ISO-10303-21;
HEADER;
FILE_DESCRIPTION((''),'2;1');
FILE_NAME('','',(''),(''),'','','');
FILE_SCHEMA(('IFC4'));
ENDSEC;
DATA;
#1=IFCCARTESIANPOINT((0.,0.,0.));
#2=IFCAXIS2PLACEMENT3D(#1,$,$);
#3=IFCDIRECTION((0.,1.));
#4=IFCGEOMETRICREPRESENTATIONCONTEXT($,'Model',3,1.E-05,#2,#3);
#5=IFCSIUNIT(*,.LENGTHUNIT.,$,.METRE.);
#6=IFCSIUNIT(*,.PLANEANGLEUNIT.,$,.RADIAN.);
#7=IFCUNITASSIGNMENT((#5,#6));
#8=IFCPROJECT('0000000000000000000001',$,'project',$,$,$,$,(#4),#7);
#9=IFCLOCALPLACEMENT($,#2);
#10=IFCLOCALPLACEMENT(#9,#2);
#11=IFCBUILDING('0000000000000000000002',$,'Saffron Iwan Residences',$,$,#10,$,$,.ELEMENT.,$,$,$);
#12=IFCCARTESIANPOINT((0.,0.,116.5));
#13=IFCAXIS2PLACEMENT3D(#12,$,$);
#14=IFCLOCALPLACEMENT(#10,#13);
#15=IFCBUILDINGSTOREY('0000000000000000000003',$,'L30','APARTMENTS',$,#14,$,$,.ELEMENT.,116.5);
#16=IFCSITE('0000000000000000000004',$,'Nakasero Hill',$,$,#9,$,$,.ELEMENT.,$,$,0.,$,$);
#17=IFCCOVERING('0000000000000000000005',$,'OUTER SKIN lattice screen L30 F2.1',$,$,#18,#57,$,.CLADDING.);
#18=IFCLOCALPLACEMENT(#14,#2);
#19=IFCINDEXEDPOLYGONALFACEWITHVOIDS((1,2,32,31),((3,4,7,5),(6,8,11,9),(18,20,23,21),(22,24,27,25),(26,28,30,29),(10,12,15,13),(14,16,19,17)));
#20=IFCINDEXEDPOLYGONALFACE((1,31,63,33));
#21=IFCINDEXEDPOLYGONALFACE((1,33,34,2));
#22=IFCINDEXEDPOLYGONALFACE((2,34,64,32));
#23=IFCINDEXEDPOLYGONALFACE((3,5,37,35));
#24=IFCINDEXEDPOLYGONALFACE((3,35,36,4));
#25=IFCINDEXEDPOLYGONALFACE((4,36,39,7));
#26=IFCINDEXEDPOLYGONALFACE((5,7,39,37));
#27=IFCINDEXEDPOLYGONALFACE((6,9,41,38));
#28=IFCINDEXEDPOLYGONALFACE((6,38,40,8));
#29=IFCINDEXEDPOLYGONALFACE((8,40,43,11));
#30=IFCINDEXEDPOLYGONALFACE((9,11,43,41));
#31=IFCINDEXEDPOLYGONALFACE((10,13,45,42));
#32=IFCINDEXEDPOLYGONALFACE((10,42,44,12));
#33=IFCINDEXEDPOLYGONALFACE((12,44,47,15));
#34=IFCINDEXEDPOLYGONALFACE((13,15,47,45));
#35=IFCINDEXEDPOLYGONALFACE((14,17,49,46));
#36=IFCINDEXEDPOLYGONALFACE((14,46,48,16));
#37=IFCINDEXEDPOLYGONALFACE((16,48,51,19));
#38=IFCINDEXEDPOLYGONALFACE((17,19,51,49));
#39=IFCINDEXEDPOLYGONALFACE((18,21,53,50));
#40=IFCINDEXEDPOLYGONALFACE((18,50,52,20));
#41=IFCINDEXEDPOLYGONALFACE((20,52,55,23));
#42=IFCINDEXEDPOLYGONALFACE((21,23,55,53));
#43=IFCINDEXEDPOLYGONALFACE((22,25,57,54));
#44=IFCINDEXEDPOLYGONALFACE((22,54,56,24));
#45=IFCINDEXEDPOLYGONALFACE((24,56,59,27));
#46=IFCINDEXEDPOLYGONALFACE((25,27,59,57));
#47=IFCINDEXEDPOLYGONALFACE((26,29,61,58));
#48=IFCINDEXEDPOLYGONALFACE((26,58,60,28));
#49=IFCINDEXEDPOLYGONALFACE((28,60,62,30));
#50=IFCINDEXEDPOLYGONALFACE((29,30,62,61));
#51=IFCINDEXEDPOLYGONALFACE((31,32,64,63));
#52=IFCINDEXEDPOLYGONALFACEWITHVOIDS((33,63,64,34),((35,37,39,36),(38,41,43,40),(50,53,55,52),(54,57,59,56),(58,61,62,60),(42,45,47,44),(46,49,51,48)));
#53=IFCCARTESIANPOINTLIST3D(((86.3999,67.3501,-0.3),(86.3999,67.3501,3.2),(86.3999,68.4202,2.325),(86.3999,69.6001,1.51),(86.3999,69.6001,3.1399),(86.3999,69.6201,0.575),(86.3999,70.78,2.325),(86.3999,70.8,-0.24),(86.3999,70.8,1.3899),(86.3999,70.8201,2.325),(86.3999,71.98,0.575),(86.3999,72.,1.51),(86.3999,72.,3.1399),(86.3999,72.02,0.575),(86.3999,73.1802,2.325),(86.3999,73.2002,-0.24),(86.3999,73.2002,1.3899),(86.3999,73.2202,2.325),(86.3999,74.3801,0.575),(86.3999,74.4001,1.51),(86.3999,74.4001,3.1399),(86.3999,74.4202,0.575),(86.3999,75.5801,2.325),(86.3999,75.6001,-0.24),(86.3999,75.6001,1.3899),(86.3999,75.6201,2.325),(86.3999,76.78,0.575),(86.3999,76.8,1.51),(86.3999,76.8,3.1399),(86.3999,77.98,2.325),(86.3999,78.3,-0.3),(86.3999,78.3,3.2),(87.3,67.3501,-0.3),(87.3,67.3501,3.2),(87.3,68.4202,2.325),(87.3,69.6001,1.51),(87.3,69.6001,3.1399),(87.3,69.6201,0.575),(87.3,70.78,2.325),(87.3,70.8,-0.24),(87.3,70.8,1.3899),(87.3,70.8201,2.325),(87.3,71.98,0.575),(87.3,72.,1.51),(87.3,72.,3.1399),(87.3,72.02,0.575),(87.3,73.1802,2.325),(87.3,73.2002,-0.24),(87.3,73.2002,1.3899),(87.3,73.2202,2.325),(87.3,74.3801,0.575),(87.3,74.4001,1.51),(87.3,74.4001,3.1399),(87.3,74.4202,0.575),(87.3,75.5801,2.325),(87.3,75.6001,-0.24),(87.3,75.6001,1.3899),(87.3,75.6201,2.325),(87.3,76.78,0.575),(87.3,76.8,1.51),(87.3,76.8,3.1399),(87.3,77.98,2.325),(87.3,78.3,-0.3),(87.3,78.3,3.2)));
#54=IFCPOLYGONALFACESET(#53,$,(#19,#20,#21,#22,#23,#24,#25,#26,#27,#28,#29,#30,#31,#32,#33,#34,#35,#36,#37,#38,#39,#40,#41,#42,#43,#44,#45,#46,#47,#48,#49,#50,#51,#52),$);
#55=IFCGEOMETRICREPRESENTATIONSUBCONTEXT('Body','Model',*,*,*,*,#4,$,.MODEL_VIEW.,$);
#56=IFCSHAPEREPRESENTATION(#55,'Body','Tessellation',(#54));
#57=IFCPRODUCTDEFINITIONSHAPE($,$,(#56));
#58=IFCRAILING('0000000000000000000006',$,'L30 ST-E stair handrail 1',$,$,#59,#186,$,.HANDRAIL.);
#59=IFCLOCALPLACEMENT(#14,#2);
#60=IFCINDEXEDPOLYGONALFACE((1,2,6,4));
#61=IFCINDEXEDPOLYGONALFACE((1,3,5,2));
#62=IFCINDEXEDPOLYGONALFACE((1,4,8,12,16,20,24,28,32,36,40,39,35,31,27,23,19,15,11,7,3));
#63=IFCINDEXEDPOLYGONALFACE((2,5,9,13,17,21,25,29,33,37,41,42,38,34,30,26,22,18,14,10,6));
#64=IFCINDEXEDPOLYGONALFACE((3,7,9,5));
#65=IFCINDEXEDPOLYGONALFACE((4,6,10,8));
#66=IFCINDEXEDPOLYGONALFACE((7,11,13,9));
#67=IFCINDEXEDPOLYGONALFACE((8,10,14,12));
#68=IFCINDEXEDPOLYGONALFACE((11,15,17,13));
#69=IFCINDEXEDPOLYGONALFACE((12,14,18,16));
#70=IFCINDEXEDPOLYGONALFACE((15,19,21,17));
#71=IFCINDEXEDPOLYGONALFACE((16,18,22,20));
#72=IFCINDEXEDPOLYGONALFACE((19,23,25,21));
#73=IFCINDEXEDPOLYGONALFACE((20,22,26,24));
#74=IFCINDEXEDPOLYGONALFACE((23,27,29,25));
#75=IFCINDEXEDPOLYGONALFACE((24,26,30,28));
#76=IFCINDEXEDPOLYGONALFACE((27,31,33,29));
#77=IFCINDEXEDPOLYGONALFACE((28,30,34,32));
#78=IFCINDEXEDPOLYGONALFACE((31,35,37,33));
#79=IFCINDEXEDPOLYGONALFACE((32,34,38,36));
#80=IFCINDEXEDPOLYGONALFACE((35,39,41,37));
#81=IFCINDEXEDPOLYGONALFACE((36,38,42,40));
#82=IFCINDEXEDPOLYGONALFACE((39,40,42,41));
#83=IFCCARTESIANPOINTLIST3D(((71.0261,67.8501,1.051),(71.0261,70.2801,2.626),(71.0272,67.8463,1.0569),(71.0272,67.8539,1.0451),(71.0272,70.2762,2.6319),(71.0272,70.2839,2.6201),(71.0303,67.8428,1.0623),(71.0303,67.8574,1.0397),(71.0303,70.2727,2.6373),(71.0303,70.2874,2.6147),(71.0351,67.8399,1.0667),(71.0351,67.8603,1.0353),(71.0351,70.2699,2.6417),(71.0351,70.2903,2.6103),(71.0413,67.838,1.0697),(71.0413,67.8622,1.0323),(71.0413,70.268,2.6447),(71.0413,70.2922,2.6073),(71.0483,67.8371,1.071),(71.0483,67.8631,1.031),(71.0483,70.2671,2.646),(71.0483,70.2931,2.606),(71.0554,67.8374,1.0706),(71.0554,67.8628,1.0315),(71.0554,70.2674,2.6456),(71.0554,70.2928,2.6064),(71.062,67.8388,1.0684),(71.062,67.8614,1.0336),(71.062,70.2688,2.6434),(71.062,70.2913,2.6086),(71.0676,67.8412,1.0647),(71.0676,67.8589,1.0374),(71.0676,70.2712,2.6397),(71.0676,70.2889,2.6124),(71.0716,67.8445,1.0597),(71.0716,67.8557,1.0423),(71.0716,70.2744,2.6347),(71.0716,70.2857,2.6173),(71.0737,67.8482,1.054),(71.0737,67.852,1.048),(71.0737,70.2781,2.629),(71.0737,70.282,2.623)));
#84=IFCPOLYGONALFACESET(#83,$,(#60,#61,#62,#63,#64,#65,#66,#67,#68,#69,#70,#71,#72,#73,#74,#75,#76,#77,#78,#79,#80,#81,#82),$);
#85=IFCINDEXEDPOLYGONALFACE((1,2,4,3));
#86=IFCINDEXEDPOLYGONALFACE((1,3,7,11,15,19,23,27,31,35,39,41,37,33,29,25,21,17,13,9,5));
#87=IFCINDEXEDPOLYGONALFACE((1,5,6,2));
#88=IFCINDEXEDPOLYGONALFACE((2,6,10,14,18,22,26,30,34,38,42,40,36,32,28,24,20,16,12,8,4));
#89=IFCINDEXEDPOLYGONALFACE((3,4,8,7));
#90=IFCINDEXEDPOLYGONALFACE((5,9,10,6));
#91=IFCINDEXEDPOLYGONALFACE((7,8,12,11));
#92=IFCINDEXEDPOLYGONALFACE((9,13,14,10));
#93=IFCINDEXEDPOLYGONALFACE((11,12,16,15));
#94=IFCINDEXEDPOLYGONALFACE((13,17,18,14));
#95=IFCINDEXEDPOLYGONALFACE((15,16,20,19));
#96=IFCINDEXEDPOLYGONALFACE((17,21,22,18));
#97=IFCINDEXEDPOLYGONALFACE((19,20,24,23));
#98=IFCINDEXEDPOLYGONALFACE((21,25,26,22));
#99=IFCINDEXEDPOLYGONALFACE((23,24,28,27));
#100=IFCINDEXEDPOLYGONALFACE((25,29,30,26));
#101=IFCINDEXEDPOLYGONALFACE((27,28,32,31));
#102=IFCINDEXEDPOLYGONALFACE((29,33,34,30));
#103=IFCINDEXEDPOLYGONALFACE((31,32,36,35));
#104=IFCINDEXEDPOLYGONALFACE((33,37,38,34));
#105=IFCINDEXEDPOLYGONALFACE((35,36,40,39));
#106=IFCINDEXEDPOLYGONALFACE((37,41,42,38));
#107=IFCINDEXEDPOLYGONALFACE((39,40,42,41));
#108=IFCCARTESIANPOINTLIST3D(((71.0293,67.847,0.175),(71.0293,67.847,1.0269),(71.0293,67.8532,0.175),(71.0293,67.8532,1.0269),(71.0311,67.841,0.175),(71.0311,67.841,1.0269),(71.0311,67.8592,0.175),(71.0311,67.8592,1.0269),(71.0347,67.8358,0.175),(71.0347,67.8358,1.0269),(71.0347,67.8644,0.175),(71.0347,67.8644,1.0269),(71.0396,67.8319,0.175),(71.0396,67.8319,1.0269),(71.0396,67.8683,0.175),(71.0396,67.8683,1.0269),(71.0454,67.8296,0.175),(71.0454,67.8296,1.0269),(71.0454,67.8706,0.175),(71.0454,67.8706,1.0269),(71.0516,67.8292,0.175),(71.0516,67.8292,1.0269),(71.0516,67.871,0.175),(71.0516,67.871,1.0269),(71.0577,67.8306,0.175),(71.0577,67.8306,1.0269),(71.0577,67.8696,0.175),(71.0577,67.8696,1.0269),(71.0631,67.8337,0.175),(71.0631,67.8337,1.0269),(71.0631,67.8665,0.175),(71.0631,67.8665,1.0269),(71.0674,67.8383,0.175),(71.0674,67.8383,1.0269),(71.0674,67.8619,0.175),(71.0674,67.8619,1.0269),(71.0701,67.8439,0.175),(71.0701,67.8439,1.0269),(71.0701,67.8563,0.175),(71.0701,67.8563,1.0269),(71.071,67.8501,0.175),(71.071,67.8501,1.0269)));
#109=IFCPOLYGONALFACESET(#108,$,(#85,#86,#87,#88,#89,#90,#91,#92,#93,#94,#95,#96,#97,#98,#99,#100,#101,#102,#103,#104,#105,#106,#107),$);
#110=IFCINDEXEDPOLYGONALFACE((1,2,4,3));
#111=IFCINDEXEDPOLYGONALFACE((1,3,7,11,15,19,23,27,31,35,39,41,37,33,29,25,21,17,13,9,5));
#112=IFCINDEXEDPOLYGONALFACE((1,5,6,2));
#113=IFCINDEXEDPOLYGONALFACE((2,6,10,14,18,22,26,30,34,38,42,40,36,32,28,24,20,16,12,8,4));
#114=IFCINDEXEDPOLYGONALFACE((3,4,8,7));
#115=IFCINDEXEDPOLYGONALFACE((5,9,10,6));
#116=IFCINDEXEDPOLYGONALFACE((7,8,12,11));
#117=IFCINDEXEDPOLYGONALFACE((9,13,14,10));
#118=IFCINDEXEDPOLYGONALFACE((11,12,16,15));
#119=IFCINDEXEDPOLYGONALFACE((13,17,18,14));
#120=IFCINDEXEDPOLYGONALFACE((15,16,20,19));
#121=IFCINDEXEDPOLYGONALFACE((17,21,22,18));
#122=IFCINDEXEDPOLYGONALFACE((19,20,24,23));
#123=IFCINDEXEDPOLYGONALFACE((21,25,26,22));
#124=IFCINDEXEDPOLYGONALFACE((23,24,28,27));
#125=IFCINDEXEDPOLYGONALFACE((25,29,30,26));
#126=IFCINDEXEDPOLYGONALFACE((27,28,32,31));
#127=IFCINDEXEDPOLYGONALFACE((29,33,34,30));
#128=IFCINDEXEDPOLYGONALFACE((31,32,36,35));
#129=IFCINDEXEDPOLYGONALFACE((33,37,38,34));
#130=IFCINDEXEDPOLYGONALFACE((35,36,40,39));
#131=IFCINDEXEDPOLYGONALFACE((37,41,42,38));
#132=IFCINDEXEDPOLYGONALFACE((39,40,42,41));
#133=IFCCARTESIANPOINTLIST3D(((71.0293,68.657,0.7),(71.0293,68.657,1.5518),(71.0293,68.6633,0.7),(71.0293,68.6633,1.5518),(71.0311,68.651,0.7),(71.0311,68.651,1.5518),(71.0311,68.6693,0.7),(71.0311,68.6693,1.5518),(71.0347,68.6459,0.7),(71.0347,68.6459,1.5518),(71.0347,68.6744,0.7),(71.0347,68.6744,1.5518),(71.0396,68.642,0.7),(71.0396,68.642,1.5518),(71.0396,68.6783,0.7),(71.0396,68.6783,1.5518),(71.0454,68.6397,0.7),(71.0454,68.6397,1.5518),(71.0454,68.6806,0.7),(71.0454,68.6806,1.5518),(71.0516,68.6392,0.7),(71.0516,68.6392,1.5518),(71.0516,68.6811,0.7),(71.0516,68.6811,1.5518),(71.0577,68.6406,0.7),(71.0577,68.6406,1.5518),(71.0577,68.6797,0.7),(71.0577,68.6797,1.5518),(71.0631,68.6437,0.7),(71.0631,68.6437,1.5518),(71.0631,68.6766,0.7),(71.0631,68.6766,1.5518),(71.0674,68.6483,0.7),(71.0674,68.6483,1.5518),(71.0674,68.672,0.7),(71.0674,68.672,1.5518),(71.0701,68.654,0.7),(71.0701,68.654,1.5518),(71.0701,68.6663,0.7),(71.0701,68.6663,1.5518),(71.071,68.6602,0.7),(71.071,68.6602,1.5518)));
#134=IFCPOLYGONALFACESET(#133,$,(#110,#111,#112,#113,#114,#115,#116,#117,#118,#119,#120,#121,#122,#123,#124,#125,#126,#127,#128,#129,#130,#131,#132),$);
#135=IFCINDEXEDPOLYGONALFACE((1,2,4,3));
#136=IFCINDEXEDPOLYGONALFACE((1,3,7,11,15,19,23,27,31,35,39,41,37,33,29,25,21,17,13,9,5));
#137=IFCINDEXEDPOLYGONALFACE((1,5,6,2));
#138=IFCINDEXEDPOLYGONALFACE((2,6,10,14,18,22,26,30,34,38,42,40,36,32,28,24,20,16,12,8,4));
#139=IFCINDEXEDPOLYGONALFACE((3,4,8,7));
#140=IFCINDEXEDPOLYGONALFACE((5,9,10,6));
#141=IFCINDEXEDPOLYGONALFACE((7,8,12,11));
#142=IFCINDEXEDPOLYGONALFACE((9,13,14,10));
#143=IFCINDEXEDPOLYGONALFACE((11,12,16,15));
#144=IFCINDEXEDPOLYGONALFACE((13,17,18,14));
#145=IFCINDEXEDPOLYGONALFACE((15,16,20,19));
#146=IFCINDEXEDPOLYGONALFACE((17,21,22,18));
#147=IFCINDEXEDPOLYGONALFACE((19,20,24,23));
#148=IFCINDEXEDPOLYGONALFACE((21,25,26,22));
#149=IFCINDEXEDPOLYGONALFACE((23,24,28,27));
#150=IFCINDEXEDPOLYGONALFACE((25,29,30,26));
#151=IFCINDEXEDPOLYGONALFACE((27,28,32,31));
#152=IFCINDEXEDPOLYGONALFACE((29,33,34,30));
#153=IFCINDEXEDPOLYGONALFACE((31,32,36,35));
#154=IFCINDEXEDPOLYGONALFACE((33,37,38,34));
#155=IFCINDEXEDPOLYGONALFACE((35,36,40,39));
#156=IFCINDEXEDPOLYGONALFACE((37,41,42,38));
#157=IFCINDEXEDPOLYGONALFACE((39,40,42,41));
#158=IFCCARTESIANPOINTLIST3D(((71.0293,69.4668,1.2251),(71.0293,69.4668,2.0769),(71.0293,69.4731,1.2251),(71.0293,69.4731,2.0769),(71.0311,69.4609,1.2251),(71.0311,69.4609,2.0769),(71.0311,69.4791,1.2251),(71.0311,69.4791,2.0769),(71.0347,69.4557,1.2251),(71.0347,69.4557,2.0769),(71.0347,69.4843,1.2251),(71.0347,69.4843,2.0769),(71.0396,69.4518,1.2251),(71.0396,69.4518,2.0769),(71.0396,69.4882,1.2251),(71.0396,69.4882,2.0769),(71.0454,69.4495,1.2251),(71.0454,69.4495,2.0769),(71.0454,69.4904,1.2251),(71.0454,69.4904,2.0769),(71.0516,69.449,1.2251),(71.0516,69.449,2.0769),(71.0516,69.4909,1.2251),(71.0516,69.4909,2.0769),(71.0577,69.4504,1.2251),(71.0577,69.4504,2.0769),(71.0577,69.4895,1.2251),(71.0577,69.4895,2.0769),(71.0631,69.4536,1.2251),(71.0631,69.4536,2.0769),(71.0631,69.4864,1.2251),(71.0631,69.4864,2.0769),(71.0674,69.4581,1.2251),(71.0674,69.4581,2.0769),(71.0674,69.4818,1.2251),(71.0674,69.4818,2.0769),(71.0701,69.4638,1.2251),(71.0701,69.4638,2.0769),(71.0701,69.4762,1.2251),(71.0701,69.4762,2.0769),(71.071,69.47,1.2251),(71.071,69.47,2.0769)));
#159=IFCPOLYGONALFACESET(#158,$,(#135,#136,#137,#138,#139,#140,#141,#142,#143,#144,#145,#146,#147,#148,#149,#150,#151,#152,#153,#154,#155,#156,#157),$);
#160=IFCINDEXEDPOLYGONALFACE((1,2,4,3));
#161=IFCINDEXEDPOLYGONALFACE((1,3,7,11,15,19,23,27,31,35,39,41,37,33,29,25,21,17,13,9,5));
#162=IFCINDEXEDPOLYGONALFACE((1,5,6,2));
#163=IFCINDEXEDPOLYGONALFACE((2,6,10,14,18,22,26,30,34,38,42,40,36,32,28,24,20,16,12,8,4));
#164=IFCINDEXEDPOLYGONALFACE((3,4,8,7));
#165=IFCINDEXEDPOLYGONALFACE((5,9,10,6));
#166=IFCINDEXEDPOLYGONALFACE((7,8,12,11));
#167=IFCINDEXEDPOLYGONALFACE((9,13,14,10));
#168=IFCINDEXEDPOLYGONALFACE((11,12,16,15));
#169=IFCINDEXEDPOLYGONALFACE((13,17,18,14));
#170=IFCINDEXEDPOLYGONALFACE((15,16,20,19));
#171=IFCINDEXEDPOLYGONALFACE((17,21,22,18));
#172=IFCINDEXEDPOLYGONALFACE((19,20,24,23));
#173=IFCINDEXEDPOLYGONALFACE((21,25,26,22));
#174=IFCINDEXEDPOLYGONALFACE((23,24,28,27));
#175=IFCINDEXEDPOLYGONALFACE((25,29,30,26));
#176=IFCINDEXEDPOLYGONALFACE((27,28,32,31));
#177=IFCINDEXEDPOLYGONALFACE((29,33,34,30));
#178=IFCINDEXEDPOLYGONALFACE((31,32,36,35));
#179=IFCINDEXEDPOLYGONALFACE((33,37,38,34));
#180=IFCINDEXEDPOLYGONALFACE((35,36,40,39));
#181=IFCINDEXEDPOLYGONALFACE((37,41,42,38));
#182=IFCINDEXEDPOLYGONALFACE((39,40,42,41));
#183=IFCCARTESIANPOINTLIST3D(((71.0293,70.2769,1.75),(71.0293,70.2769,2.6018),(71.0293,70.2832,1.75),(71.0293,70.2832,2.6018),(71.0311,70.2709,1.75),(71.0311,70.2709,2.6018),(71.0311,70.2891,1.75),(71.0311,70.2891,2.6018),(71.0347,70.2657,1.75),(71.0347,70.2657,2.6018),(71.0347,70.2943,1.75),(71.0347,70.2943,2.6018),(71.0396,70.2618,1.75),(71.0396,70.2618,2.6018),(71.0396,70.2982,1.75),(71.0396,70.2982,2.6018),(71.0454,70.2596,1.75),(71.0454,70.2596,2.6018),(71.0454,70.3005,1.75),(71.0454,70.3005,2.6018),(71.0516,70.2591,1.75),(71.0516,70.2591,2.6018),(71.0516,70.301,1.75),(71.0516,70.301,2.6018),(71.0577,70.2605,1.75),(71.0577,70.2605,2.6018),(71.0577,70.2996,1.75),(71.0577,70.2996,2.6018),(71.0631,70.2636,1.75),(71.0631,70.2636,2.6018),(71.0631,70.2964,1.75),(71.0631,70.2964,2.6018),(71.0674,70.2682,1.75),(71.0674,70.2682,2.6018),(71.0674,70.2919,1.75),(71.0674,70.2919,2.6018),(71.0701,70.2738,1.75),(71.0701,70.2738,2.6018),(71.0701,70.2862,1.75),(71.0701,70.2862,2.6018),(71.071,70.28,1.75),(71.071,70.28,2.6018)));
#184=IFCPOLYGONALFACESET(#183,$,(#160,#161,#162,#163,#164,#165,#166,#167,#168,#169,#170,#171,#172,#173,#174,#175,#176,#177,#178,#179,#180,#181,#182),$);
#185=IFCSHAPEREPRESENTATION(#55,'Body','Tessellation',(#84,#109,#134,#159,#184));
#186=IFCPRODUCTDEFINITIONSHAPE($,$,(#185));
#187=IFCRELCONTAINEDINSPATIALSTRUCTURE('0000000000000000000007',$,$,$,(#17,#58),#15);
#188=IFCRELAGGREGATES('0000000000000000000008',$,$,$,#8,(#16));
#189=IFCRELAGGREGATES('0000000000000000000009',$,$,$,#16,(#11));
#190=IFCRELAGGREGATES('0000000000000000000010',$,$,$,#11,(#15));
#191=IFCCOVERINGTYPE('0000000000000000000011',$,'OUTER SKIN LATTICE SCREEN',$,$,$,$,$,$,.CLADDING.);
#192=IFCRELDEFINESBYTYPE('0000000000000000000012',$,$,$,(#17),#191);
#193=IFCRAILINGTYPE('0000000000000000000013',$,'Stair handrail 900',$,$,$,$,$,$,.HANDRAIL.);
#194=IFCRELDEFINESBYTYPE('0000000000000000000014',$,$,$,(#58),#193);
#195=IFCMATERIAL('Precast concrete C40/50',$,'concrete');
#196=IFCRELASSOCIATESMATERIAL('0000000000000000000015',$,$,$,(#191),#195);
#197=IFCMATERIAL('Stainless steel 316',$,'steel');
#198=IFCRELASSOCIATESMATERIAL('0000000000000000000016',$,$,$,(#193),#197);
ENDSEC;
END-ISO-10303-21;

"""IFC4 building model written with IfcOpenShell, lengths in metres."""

from ifc_helpers import new_model, si_unit, direction, frame, origin, origin_2d, place, context, subcontext, project, spatial, polyline, circle, outline, extrude, material, type_object, element, save


model = new_model("IFC4")

# Units and contexts
model_context = context("Model", 3, precision=1e-05, world=origin(), true_north=direction((0.0, 1.0)))
body_context = subcontext(model_context, "Body", "Model", "MODEL_VIEW")
ifc_project = project(units=[si_unit("LENGTHUNIT", "METRE"), si_unit("PLANEANGLEUNIT", "RADIAN")], contexts=[model_context])

# Site, building, storey
site_placement = place(None, origin())
site = spatial("IfcSite", under=ifc_project, at=site_placement, Name="Nakasero Hill", CompositionType="ELEMENT", RefElevation=0.0)
building_placement = place(site_placement, origin())
building = spatial("IfcBuilding", under=site, at=building_placement, Name="Saffron Iwan Residences", CompositionType="ELEMENT")
storey_placement = place(building_placement, frame((0.0, 0.0, 116.5)))
storey = spatial("IfcBuildingStorey", under=building, at=storey_placement, Name="L30", Description="APARTMENTS", CompositionType="ELEMENT", Elevation=116.5)

# Covering
ifc_material_1 = material(Name="Precast concrete C40/50", Category="concrete")
covering_type = type_object("IfcCoveringType", Name="OUTER SKIN LATTICE SCREEN", PredefinedType="CLADDING", material=ifc_material_1)
covering_placement = place(storey_placement, frame((86.3999, 67.3501, -0.3), z_axis=(1.0, 0.0, 0.0), x_axis=(0.0, 1.0, 0.0)))
element("IfcCovering", 1, at=covering_placement, inside=storey, type_object=covering_type, Name="OUTER SKIN lattice screen L30 F2.1", PredefinedType="CLADDING", context=body_context, shape_type="SweptSolid", body=[
    extrude(outline(polyline([(0.0, 0.0), (10.95, 0.0), (10.95, 3.5), (0.0, 3.5), (0.0, 0.0)]), holes=[polyline([(2.27, 0.875), (3.45, 0.0601), (4.6299, 0.875), (3.45, 1.6899), (2.27, 0.875)]), polyline([(4.6699, 0.875), (5.8501, 0.0601), (7.03, 0.875), (5.8501, 1.6899), (4.6699, 0.875)]), polyline([(7.0701, 0.875), (8.25, 0.0601), (9.4299, 0.875), (8.25, 1.6899), (7.0701, 0.875)]), polyline([(1.0701, 2.625), (2.25, 1.8101), (3.4299, 2.625), (2.25, 3.4399), (1.0701, 2.625)]), polyline([(3.47, 2.625), (4.6499, 1.8101), (5.8301, 2.625), (4.6499, 3.4399), (3.47, 2.625)]), polyline([(5.8701, 2.625), (7.05, 1.8101), (8.23, 2.625), (7.05, 3.4399), (5.8701, 2.625)]), polyline([(8.27, 2.625), (9.45, 1.8101), (10.6299, 2.625), (9.45, 3.4399), (8.27, 2.625)])]), origin(), (0.0, 0.0, 1.0), 0.9001),
])

# Railing
ifc_material_2 = material(Name="Stainless steel 316", Category="steel")
railing_type = type_object("IfcRailingType", Name="Stair handrail 900", PredefinedType="HANDRAIL", material=ifc_material_2)
railing_placement = place(storey_placement, frame((71.05, 67.8501, 0.175)))
element("IfcRailing", 2, at=railing_placement, inside=storey, type_object=railing_type, Name="L30 ST-E stair handrail 1", PredefinedType="HANDRAIL", context=body_context, shape_type="SweptSolid", body=[
    extrude(circle(Radius=0.0239, at=origin_2d()), frame((0.0, 0.0, 0.876), z_axis=(0.0, 0.839154, 0.543894), x_axis=(-1.0, 0.0, 0.0)), (0.0, 0.0, 1.0), 2.8958),
    extrude(circle(Radius=0.021, at=origin_2d()), origin(), (0.0, 0.0, 1.0), 0.8518),
    extrude(circle(Radius=0.021, at=origin_2d()), frame((0.0, 0.8101, 0.5249)), (0.0, 0.0, 1.0), 0.8518),
    extrude(circle(Radius=0.021, at=origin_2d()), frame((0.0, 1.6199, 1.05)), (0.0, 0.0, 1.0), 0.8518),
    extrude(circle(Radius=0.021, at=origin_2d()), frame((0.0, 2.4299, 1.575)), (0.0, 0.0, 1.0), 0.8518),
])

save(model, "model.ifc")
